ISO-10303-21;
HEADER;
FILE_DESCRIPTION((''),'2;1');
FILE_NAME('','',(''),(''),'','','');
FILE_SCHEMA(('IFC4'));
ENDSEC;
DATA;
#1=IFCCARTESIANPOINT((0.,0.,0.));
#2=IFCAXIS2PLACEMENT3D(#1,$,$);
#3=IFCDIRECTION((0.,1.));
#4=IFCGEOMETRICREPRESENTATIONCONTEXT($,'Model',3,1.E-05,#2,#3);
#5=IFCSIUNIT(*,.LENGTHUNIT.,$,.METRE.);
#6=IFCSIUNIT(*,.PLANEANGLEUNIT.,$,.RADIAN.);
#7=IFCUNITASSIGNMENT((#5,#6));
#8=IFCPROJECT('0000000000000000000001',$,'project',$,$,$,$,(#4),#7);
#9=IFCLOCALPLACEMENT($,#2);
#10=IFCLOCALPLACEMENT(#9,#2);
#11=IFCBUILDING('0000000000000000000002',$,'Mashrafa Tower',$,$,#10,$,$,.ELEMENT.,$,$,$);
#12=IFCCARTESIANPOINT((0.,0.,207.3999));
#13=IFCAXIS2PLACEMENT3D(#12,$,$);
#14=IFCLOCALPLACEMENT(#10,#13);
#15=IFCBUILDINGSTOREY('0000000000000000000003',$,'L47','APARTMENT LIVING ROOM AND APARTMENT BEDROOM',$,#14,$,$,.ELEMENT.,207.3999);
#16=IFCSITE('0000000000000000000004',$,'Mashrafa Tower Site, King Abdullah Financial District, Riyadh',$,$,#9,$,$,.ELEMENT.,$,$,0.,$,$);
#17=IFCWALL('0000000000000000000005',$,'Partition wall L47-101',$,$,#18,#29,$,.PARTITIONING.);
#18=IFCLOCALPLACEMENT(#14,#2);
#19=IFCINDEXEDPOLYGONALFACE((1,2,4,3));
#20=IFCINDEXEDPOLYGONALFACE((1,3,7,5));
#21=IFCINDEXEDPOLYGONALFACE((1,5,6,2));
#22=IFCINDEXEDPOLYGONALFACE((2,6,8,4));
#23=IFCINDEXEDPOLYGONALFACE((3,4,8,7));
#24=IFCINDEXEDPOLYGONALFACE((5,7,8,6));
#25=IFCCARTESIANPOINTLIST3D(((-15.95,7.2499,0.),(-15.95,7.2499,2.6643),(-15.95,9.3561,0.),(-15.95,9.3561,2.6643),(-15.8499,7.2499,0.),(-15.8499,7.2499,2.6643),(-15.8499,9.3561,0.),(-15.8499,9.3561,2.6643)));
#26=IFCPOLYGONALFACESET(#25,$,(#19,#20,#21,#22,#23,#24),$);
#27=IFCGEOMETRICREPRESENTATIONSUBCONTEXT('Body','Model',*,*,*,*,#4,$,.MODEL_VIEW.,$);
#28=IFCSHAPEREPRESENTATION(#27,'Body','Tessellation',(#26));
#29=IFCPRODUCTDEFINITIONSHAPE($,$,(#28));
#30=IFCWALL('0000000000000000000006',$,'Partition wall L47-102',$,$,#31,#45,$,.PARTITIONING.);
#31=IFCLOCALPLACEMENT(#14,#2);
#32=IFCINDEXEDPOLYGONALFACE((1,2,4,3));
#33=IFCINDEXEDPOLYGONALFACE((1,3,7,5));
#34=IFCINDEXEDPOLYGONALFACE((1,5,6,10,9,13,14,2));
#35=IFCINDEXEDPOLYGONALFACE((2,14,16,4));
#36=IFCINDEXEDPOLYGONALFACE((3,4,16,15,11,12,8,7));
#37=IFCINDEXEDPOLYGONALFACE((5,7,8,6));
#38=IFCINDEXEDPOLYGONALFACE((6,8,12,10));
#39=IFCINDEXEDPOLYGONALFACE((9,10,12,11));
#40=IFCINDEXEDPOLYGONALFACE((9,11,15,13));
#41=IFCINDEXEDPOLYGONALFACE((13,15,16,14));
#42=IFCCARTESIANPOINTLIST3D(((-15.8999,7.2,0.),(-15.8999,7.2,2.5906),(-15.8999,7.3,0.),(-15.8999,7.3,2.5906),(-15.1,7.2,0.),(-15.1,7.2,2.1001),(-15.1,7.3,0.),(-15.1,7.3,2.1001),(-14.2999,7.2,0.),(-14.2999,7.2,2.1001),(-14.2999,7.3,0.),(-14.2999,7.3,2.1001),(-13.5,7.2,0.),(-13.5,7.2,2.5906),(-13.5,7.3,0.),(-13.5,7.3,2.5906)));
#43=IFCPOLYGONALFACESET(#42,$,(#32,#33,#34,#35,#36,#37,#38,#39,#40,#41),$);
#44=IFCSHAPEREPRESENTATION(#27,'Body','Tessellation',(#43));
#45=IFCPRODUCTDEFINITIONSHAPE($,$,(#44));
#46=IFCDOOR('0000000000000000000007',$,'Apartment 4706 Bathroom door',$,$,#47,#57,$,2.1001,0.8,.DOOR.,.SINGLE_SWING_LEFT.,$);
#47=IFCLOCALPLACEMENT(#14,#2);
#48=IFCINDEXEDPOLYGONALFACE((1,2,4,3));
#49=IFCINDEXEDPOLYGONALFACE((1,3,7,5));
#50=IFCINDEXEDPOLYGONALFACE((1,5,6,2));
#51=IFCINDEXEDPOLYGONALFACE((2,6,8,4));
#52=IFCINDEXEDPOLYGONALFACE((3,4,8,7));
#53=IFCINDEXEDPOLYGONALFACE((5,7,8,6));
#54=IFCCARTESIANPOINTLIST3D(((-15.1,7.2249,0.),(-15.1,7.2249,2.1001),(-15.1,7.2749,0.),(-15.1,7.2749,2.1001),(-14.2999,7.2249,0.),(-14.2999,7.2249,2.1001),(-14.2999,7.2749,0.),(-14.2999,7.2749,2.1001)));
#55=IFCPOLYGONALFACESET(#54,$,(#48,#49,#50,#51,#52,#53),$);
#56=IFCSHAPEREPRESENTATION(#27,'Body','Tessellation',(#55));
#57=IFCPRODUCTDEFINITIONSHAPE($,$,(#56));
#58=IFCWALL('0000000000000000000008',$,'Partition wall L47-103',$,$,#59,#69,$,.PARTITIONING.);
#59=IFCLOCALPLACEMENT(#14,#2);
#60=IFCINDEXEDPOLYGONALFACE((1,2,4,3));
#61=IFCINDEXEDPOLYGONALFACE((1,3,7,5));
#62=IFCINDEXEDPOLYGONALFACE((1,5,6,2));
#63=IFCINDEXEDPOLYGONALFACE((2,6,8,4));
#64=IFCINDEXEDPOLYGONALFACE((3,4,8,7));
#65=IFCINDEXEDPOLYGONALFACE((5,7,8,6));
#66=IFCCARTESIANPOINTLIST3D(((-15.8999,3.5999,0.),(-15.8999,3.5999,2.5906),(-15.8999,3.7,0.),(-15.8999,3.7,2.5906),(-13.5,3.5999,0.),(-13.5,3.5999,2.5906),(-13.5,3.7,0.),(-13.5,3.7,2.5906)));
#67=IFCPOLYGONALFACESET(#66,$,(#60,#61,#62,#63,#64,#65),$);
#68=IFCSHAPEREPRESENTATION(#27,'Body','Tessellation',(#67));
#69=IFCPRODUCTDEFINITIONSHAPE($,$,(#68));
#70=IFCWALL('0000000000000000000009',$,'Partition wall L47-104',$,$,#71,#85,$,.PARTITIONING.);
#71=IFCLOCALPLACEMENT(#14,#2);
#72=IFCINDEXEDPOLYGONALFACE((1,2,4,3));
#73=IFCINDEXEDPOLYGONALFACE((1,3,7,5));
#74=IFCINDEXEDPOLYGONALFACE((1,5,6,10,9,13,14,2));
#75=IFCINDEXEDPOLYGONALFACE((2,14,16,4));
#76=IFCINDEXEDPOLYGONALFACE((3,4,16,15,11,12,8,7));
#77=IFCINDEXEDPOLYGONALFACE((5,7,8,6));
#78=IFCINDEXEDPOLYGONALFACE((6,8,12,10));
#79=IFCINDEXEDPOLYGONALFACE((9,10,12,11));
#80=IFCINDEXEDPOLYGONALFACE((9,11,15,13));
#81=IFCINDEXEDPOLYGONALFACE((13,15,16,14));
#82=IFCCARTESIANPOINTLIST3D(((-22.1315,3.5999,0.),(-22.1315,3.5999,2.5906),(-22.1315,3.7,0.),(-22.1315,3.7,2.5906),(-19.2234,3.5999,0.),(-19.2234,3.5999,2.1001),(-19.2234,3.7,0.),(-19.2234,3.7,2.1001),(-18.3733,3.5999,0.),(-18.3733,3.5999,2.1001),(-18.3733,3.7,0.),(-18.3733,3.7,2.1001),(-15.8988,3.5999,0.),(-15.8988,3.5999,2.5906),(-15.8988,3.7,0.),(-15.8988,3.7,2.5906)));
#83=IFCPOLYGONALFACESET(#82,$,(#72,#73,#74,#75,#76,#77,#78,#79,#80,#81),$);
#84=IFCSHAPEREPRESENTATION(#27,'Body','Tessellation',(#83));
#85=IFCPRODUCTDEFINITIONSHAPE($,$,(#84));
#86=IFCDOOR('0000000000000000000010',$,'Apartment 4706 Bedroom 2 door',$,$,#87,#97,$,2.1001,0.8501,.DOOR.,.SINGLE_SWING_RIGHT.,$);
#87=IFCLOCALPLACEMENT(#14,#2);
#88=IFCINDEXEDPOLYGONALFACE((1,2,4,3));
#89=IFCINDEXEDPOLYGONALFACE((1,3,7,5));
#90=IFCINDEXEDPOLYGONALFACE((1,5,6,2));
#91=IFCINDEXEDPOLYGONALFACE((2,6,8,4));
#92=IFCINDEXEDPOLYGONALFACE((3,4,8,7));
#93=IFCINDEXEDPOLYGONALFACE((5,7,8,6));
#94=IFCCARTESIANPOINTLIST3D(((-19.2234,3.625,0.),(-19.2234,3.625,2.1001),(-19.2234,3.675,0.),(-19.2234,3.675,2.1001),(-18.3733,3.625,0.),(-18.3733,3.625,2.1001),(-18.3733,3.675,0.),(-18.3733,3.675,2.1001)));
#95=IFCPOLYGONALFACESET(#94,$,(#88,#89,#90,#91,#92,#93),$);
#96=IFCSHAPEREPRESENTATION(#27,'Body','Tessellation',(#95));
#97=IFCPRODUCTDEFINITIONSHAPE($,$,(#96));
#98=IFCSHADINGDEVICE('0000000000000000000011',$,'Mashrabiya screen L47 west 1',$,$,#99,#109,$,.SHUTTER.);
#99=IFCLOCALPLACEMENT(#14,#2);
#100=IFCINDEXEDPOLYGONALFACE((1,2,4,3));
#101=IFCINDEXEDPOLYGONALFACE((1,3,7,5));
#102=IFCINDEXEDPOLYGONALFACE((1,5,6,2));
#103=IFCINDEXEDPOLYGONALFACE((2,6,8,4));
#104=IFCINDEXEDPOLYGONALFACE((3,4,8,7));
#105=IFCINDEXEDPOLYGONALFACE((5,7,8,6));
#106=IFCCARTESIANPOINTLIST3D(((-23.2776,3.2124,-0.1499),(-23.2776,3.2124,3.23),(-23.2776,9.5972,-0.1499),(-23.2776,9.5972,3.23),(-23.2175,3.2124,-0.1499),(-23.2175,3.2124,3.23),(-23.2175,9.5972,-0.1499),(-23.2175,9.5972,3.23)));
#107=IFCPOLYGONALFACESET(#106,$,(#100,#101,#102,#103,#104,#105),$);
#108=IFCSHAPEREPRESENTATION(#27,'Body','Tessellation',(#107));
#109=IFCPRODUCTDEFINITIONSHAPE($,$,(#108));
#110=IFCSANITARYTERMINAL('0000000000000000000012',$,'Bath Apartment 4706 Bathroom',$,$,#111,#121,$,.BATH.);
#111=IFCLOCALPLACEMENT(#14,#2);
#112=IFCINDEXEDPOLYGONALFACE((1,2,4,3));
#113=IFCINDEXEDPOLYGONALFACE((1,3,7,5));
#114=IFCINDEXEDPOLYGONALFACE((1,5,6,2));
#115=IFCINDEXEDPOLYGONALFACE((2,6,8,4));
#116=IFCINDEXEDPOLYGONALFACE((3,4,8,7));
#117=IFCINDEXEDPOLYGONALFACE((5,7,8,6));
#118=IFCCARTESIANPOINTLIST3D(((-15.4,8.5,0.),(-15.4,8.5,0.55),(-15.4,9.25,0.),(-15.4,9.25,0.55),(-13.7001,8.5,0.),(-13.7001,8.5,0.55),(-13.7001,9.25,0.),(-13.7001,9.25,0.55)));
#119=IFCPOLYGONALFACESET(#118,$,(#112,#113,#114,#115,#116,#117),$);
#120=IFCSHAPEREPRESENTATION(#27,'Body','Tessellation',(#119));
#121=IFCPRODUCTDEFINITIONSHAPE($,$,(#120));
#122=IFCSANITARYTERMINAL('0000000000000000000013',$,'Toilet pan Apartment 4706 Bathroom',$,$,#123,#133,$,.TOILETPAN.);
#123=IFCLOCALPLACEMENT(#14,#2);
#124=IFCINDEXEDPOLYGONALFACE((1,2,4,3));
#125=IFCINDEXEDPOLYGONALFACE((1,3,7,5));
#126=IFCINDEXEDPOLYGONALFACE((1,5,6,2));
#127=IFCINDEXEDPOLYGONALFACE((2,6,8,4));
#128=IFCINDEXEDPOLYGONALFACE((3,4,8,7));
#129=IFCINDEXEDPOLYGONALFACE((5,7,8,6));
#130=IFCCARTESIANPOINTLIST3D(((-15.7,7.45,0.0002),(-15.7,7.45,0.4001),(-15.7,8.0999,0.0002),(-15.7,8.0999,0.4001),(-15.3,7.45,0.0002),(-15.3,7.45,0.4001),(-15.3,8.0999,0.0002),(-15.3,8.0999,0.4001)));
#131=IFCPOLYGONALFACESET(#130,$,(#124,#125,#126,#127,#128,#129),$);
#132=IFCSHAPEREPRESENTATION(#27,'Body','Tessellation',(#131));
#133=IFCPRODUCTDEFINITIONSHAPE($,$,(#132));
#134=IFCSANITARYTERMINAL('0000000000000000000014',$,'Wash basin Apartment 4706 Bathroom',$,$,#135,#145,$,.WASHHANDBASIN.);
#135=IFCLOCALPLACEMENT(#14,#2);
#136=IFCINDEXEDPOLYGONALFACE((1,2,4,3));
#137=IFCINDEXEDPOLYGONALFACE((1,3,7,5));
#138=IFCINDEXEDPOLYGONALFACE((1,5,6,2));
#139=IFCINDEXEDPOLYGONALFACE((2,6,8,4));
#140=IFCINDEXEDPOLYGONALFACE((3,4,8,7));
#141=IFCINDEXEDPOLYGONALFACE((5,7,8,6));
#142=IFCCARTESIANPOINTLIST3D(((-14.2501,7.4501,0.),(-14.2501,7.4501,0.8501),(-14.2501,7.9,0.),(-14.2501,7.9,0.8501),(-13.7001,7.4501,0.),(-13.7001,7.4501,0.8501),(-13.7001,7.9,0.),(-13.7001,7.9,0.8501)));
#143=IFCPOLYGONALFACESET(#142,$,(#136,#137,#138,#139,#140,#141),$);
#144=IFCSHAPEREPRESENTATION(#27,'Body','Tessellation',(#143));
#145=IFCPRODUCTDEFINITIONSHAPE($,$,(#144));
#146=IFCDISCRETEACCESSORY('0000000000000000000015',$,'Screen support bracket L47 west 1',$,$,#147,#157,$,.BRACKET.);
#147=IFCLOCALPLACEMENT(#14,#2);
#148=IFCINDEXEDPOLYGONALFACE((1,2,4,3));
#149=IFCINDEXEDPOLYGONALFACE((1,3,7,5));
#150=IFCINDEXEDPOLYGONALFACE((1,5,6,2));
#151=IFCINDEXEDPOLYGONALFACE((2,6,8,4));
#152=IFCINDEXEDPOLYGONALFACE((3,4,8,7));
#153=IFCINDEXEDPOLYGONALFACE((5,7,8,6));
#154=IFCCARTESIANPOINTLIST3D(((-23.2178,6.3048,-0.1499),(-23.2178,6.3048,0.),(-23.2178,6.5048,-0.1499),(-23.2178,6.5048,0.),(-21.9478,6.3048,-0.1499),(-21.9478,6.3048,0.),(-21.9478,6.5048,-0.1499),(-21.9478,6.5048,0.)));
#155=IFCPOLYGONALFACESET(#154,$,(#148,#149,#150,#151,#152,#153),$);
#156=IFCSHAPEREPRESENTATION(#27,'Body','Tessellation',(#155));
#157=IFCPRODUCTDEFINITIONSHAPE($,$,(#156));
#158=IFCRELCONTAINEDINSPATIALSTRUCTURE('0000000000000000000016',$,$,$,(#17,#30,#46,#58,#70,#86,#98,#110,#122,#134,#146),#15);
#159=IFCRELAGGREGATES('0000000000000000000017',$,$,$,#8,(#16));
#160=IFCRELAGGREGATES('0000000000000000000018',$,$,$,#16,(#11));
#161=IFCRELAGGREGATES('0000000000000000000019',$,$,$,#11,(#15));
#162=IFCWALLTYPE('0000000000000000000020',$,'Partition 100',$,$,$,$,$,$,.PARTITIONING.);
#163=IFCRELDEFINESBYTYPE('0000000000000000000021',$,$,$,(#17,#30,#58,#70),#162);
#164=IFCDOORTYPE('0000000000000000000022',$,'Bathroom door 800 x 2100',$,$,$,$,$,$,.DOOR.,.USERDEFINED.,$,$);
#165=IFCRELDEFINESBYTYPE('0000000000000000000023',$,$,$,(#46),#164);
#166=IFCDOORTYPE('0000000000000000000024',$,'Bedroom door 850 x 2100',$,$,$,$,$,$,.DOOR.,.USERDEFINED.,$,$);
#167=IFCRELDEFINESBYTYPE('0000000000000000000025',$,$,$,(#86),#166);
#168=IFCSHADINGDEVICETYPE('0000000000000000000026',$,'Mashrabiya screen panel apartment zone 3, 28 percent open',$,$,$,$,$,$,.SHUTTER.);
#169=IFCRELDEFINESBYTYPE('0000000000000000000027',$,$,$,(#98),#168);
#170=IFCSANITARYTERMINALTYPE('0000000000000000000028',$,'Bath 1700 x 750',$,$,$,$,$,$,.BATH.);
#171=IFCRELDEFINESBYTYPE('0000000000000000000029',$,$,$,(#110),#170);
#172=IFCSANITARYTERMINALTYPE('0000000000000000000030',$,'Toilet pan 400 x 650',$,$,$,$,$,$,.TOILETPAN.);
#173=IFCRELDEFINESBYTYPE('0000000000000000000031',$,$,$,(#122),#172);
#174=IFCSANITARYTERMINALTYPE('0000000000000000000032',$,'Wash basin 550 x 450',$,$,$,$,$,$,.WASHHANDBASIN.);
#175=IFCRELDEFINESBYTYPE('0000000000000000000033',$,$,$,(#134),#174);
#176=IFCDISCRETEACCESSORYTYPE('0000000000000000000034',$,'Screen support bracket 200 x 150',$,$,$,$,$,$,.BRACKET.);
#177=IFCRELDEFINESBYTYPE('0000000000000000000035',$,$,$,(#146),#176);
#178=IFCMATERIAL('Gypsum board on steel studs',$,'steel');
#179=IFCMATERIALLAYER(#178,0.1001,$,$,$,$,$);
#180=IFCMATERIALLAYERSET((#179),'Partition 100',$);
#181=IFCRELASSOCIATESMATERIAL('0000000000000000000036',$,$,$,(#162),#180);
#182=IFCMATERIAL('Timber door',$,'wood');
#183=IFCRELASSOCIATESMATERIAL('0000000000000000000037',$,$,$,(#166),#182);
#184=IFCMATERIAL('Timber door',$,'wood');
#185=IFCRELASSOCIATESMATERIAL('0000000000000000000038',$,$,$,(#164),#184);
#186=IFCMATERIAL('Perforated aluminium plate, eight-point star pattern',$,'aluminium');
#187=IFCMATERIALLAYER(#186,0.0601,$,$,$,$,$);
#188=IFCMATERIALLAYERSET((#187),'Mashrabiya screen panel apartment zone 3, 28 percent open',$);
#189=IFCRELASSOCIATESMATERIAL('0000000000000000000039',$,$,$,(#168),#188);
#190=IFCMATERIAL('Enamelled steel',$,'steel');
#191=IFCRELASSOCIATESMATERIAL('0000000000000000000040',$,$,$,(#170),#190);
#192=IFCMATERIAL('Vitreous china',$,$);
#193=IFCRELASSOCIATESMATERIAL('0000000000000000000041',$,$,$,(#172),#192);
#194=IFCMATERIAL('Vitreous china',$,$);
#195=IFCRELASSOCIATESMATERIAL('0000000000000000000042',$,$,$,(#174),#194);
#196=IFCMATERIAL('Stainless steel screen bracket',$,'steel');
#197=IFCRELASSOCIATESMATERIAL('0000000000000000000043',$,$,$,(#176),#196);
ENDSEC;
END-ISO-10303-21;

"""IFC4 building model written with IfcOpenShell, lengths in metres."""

from ifc_helpers import new_model, si_unit, direction, frame, frame_2d, origin, origin_2d, place, context, subcontext, project, spatial, rectangle, extrude, source, transform, mapped, material, layer, layer_set, type_object, type_shapes, element, fill, save


model = new_model("IFC4")

# Units and contexts
model_context = context("Model", 3, precision=1e-05, world=origin(), true_north=direction((0.0, 1.0)))
body_context = subcontext(model_context, "Body", "Model", "MODEL_VIEW")
ifc_project = project(units=[si_unit("LENGTHUNIT", "METRE"), si_unit("PLANEANGLEUNIT", "RADIAN")], contexts=[model_context])

# Site, building, storey
site_placement = place(None, origin())
site = spatial("IfcSite", under=ifc_project, at=site_placement, Name="Mashrafa Tower Site, King Abdullah Financial District, Riyadh", CompositionType="ELEMENT", RefElevation=0.0)
building_placement = place(site_placement, origin())
building = spatial("IfcBuilding", under=site, at=building_placement, Name="Mashrafa Tower", CompositionType="ELEMENT")
storey_placement = place(building_placement, frame((0.0, 0.0, 207.3999)))
storey = spatial("IfcBuildingStorey", under=building, at=storey_placement, Name="L47", Description="APARTMENT LIVING ROOM AND APARTMENT BEDROOM", CompositionType="ELEMENT", Elevation=207.3999)

# Shared definitions
ifc_material_1 = material(Name="Gypsum board on steel studs", Category="steel")
ifc_layer_1 = layer(ifc_material_1, 0.1001)
ifc_layer_set_1 = layer_set([ifc_layer_1], Name="Partition 100")
wall_type_1 = type_object("IfcWallType", Name="Partition 100", PredefinedType="PARTITIONING", material=ifc_layer_set_1)

# Shared definitions
ifc_material_2 = material(Name="Timber door", Category="wood")
door_type_1 = type_object("IfcDoorType", Name="Bedroom door 850 x 2100", OperationType="USERDEFINED", PredefinedType="DOOR", material=ifc_material_2)

# Wall
wall_1_placement = place(storey_placement, frame((-15.8999, 9.3562, 0.0), z_axis=(0.0, 0.0, 1.0), x_axis=(0.0, -1.0, 0.0)))
element("IfcWall", 1, at=wall_1_placement, inside=storey, type_object=wall_type_1, Name="Partition wall L47-101", PredefinedType="PARTITIONING", context=body_context, shape_type="SweptSolid", body=[
    extrude(rectangle(XDim=2.1062, YDim=0.1001, at=frame_2d((1.0532, 0.0))), origin(), (0.0, 0.0, 1.0), 2.6643),
])

# Wall, opening, door
wall_2_placement = place(storey_placement, frame((-15.8999, 7.25, 0.0), z_axis=(0.0, 0.0, 1.0), x_axis=(1.0, 0.0, 0.0)))
wall_2 = element("IfcWall", 2, at=wall_2_placement, inside=storey, type_object=wall_type_1, Name="Partition wall L47-102", PredefinedType="PARTITIONING", context=body_context, shape_type="SweptSolid", body=[
    extrude(rectangle(XDim=2.3999, YDim=0.1001, at=frame_2d((1.2, 0.0))), origin(), (0.0, 0.0, 1.0), 2.5906),
])
opening_1_placement = place(wall_2_placement, frame((0.8, 0.0, 0.0)))
opening_1 = element("IfcOpeningElement", 3, at=opening_1_placement, cuts=wall_2, PredefinedType="OPENING", context=body_context, shape_type="SweptSolid", body=[
    extrude(rectangle(XDim=0.8, YDim=2.1001, at=frame_2d((0.3999, 1.05))), frame((0.0, 0.0601, 0.0), z_axis=(0.0, -1.0, 0.0), x_axis=(1.0, 0.0, 0.0)), (0.0, 0.0, 1.0), 0.1201),
])
ifc_material_3 = material(Name="Timber door", Category="wood")
door_type_2 = type_object("IfcDoorType", Name="Bathroom door 800 x 2100", OperationType="USERDEFINED", PredefinedType="DOOR", material=ifc_material_3)
door_1_placement = place(opening_1_placement, origin())
door_1 = element("IfcDoor", 4, at=door_1_placement, inside=storey, type_object=door_type_2, Name="Apartment 4706 Bathroom door", OperationType="SINGLE_SWING_LEFT", OverallHeight=2.1001, OverallWidth=0.8, PredefinedType="DOOR", context=body_context, shape_type="SweptSolid", body=[
    extrude(rectangle(XDim=0.8, YDim=2.1001, at=frame_2d((0.3999, 1.05))), frame((0.0, 0.0249, 0.0), z_axis=(0.0, -1.0, 0.0), x_axis=(1.0, 0.0, 0.0)), (0.0, 0.0, 1.0), 0.05),
])
fill(opening_1, door_1)

# Wall
wall_3_placement = place(storey_placement, frame((-15.8999, 3.6499, 0.0), z_axis=(0.0, 0.0, 1.0), x_axis=(1.0, 0.0, 0.0)))
element("IfcWall", 5, at=wall_3_placement, inside=storey, type_object=wall_type_1, Name="Partition wall L47-103", PredefinedType="PARTITIONING", context=body_context, shape_type="SweptSolid", body=[
    extrude(rectangle(XDim=2.3999, YDim=0.1001, at=frame_2d((1.2, 0.0))), origin(), (0.0, 0.0, 1.0), 2.5906),
])

# Wall, opening, door
wall_4_placement = place(storey_placement, frame((-15.8989, 3.6499, 0.0), z_axis=(0.0, 0.0, 1.0), x_axis=(-1.0, 0.0, 0.0)))
wall_4 = element("IfcWall", 6, at=wall_4_placement, inside=storey, type_object=wall_type_1, Name="Partition wall L47-104", PredefinedType="PARTITIONING", context=body_context, shape_type="SweptSolid", body=[
    extrude(rectangle(XDim=6.2327, YDim=0.1001, at=frame_2d((3.1162, 0.0))), origin(), (0.0, 0.0, 1.0), 2.5906),
])
opening_2_placement = place(wall_4_placement, frame((2.4744, 0.0, 0.0)))
opening_2 = element("IfcOpeningElement", 7, at=opening_2_placement, cuts=wall_4, PredefinedType="OPENING", context=body_context, shape_type="SweptSolid", body=[
    extrude(rectangle(XDim=0.8501, YDim=2.1001, at=frame_2d((0.425, 1.05))), frame((0.0, 0.0601, 0.0), z_axis=(0.0, -1.0, 0.0), x_axis=(1.0, 0.0, 0.0)), (0.0, 0.0, 1.0), 0.1201),
])
door_2_placement = place(opening_2_placement, origin())
door_2 = element("IfcDoor", 8, at=door_2_placement, inside=storey, type_object=door_type_1, Name="Apartment 4706 Bedroom 2 door", OperationType="SINGLE_SWING_RIGHT", OverallHeight=2.1001, OverallWidth=0.8501, PredefinedType="DOOR", context=body_context, shape_type="SweptSolid", body=[
    extrude(rectangle(XDim=0.8501, YDim=2.1001, at=frame_2d((0.425, 1.05))), frame((0.0, 0.0249, 0.0), z_axis=(0.0, -1.0, 0.0), x_axis=(1.0, 0.0, 0.0)), (0.0, 0.0, 1.0), 0.05),
])
fill(opening_2, door_2)

# Shading device
ifc_material_4 = material(Name="Perforated aluminium plate, eight-point star pattern", Category="aluminium")
ifc_layer_2 = layer(ifc_material_4, 0.0601)
ifc_layer_set_2 = layer_set([ifc_layer_2], Name="Mashrabiya screen panel apartment zone 3, 28 percent open")
shading_device_type = type_object("IfcShadingDeviceType", Name="Mashrabiya screen panel apartment zone 3, 28 percent open", PredefinedType="SHUTTER", material=ifc_layer_set_2)
shared_shape_1 = source(origin(), body_context, "Body", "SweptSolid", [
    extrude(rectangle(XDim=6.3848, YDim=0.0601, at=origin_2d()), origin(), (0.0, 0.0, 1.0), 3.3799),
])
type_shapes(shading_device_type, [shared_shape_1])
shading_device_placement = place(storey_placement, frame((-23.2476, 6.4048, -0.1499), z_axis=(0.0, 0.0, 1.0), x_axis=(0.0, -1.0, 0.0)))
element("IfcShadingDevice", 9, at=shading_device_placement, inside=storey, type_object=shading_device_type, Name="Mashrabiya screen L47 west 1", PredefinedType="SHUTTER", context=body_context, shape_type="MappedRepresentation", body=[
    mapped(shared_shape_1, transform((0.0, 0.0, 0.0))),
])

# Sanitary terminals
ifc_material_5 = material(Name="Enamelled steel", Category="steel")
sanitary_terminal_type_1 = type_object("IfcSanitaryTerminalType", Name="Bath 1700 x 750", PredefinedType="BATH", material=ifc_material_5)
sanitary_terminal_1_placement = place(storey_placement, frame((-14.55, 8.875, 0.0), z_axis=(0.0, 0.0, 1.0), x_axis=(-1.0, 0.0, 0.0)))
element("IfcSanitaryTerminal", 10, at=sanitary_terminal_1_placement, inside=storey, type_object=sanitary_terminal_type_1, Name="Bath Apartment 4706 Bathroom", PredefinedType="BATH", context=body_context, shape_type="SweptSolid", body=[
    extrude(rectangle(XDim=1.7, YDim=0.75, at=origin_2d()), origin(), (0.0, 0.0, 1.0), 0.55),
])
ifc_material_6 = material(Name="Vitreous china")
sanitary_terminal_type_2 = type_object("IfcSanitaryTerminalType", Name="Toilet pan 400 x 650", PredefinedType="TOILETPAN", material=ifc_material_6)
sanitary_terminal_2_placement = place(storey_placement, frame((-15.5, 7.7749, 0.0002), z_axis=(0.0, 0.0, 1.0), x_axis=(1.0, 0.0, 0.0)))
element("IfcSanitaryTerminal", 11, at=sanitary_terminal_2_placement, inside=storey, type_object=sanitary_terminal_type_2, Name="Toilet pan Apartment 4706 Bathroom", PredefinedType="TOILETPAN", context=body_context, shape_type="SweptSolid", body=[
    extrude(rectangle(XDim=0.3999, YDim=0.6499, at=origin_2d()), origin(), (0.0, 0.0, 1.0), 0.3999),
])
ifc_material_7 = material(Name="Vitreous china")
sanitary_terminal_type_3 = type_object("IfcSanitaryTerminalType", Name="Wash basin 550 x 450", PredefinedType="WASHHANDBASIN", material=ifc_material_7)
sanitary_terminal_3_placement = place(storey_placement, frame((-13.9751, 7.675, 0.0), z_axis=(0.0, 0.0, 1.0), x_axis=(1.0, 0.0, 0.0)))
element("IfcSanitaryTerminal", 12, at=sanitary_terminal_3_placement, inside=storey, type_object=sanitary_terminal_type_3, Name="Wash basin Apartment 4706 Bathroom", PredefinedType="WASHHANDBASIN", context=body_context, shape_type="SweptSolid", body=[
    extrude(rectangle(XDim=0.55, YDim=0.45, at=origin_2d()), origin(), (0.0, 0.0, 1.0), 0.8501),
])

# Discrete accessory
ifc_material_8 = material(Name="Stainless steel screen bracket", Category="steel")
discrete_accessory_type = type_object("IfcDiscreteAccessoryType", Name="Screen support bracket 200 x 150", PredefinedType="BRACKET", material=ifc_material_8)
shared_shape_2 = source(origin(), body_context, "Body", "SweptSolid", [
    extrude(rectangle(XDim=0.2, YDim=1.27, at=origin_2d()), origin(), (0.0, 0.0, 1.0), 0.1499),
])
type_shapes(discrete_accessory_type, [shared_shape_2])
discrete_accessory_placement = place(storey_placement, frame((-22.5828, 6.4048, -0.1499), z_axis=(0.0, 0.0, 1.0), x_axis=(0.0, -1.0, 0.0)))
element("IfcDiscreteAccessory", 13, at=discrete_accessory_placement, inside=storey, type_object=discrete_accessory_type, Name="Screen support bracket L47 west 1", PredefinedType="BRACKET", context=body_context, shape_type="MappedRepresentation", body=[
    mapped(shared_shape_2, transform((0.0, 0.0, 0.0))),
])

save(model, "model.ifc")
